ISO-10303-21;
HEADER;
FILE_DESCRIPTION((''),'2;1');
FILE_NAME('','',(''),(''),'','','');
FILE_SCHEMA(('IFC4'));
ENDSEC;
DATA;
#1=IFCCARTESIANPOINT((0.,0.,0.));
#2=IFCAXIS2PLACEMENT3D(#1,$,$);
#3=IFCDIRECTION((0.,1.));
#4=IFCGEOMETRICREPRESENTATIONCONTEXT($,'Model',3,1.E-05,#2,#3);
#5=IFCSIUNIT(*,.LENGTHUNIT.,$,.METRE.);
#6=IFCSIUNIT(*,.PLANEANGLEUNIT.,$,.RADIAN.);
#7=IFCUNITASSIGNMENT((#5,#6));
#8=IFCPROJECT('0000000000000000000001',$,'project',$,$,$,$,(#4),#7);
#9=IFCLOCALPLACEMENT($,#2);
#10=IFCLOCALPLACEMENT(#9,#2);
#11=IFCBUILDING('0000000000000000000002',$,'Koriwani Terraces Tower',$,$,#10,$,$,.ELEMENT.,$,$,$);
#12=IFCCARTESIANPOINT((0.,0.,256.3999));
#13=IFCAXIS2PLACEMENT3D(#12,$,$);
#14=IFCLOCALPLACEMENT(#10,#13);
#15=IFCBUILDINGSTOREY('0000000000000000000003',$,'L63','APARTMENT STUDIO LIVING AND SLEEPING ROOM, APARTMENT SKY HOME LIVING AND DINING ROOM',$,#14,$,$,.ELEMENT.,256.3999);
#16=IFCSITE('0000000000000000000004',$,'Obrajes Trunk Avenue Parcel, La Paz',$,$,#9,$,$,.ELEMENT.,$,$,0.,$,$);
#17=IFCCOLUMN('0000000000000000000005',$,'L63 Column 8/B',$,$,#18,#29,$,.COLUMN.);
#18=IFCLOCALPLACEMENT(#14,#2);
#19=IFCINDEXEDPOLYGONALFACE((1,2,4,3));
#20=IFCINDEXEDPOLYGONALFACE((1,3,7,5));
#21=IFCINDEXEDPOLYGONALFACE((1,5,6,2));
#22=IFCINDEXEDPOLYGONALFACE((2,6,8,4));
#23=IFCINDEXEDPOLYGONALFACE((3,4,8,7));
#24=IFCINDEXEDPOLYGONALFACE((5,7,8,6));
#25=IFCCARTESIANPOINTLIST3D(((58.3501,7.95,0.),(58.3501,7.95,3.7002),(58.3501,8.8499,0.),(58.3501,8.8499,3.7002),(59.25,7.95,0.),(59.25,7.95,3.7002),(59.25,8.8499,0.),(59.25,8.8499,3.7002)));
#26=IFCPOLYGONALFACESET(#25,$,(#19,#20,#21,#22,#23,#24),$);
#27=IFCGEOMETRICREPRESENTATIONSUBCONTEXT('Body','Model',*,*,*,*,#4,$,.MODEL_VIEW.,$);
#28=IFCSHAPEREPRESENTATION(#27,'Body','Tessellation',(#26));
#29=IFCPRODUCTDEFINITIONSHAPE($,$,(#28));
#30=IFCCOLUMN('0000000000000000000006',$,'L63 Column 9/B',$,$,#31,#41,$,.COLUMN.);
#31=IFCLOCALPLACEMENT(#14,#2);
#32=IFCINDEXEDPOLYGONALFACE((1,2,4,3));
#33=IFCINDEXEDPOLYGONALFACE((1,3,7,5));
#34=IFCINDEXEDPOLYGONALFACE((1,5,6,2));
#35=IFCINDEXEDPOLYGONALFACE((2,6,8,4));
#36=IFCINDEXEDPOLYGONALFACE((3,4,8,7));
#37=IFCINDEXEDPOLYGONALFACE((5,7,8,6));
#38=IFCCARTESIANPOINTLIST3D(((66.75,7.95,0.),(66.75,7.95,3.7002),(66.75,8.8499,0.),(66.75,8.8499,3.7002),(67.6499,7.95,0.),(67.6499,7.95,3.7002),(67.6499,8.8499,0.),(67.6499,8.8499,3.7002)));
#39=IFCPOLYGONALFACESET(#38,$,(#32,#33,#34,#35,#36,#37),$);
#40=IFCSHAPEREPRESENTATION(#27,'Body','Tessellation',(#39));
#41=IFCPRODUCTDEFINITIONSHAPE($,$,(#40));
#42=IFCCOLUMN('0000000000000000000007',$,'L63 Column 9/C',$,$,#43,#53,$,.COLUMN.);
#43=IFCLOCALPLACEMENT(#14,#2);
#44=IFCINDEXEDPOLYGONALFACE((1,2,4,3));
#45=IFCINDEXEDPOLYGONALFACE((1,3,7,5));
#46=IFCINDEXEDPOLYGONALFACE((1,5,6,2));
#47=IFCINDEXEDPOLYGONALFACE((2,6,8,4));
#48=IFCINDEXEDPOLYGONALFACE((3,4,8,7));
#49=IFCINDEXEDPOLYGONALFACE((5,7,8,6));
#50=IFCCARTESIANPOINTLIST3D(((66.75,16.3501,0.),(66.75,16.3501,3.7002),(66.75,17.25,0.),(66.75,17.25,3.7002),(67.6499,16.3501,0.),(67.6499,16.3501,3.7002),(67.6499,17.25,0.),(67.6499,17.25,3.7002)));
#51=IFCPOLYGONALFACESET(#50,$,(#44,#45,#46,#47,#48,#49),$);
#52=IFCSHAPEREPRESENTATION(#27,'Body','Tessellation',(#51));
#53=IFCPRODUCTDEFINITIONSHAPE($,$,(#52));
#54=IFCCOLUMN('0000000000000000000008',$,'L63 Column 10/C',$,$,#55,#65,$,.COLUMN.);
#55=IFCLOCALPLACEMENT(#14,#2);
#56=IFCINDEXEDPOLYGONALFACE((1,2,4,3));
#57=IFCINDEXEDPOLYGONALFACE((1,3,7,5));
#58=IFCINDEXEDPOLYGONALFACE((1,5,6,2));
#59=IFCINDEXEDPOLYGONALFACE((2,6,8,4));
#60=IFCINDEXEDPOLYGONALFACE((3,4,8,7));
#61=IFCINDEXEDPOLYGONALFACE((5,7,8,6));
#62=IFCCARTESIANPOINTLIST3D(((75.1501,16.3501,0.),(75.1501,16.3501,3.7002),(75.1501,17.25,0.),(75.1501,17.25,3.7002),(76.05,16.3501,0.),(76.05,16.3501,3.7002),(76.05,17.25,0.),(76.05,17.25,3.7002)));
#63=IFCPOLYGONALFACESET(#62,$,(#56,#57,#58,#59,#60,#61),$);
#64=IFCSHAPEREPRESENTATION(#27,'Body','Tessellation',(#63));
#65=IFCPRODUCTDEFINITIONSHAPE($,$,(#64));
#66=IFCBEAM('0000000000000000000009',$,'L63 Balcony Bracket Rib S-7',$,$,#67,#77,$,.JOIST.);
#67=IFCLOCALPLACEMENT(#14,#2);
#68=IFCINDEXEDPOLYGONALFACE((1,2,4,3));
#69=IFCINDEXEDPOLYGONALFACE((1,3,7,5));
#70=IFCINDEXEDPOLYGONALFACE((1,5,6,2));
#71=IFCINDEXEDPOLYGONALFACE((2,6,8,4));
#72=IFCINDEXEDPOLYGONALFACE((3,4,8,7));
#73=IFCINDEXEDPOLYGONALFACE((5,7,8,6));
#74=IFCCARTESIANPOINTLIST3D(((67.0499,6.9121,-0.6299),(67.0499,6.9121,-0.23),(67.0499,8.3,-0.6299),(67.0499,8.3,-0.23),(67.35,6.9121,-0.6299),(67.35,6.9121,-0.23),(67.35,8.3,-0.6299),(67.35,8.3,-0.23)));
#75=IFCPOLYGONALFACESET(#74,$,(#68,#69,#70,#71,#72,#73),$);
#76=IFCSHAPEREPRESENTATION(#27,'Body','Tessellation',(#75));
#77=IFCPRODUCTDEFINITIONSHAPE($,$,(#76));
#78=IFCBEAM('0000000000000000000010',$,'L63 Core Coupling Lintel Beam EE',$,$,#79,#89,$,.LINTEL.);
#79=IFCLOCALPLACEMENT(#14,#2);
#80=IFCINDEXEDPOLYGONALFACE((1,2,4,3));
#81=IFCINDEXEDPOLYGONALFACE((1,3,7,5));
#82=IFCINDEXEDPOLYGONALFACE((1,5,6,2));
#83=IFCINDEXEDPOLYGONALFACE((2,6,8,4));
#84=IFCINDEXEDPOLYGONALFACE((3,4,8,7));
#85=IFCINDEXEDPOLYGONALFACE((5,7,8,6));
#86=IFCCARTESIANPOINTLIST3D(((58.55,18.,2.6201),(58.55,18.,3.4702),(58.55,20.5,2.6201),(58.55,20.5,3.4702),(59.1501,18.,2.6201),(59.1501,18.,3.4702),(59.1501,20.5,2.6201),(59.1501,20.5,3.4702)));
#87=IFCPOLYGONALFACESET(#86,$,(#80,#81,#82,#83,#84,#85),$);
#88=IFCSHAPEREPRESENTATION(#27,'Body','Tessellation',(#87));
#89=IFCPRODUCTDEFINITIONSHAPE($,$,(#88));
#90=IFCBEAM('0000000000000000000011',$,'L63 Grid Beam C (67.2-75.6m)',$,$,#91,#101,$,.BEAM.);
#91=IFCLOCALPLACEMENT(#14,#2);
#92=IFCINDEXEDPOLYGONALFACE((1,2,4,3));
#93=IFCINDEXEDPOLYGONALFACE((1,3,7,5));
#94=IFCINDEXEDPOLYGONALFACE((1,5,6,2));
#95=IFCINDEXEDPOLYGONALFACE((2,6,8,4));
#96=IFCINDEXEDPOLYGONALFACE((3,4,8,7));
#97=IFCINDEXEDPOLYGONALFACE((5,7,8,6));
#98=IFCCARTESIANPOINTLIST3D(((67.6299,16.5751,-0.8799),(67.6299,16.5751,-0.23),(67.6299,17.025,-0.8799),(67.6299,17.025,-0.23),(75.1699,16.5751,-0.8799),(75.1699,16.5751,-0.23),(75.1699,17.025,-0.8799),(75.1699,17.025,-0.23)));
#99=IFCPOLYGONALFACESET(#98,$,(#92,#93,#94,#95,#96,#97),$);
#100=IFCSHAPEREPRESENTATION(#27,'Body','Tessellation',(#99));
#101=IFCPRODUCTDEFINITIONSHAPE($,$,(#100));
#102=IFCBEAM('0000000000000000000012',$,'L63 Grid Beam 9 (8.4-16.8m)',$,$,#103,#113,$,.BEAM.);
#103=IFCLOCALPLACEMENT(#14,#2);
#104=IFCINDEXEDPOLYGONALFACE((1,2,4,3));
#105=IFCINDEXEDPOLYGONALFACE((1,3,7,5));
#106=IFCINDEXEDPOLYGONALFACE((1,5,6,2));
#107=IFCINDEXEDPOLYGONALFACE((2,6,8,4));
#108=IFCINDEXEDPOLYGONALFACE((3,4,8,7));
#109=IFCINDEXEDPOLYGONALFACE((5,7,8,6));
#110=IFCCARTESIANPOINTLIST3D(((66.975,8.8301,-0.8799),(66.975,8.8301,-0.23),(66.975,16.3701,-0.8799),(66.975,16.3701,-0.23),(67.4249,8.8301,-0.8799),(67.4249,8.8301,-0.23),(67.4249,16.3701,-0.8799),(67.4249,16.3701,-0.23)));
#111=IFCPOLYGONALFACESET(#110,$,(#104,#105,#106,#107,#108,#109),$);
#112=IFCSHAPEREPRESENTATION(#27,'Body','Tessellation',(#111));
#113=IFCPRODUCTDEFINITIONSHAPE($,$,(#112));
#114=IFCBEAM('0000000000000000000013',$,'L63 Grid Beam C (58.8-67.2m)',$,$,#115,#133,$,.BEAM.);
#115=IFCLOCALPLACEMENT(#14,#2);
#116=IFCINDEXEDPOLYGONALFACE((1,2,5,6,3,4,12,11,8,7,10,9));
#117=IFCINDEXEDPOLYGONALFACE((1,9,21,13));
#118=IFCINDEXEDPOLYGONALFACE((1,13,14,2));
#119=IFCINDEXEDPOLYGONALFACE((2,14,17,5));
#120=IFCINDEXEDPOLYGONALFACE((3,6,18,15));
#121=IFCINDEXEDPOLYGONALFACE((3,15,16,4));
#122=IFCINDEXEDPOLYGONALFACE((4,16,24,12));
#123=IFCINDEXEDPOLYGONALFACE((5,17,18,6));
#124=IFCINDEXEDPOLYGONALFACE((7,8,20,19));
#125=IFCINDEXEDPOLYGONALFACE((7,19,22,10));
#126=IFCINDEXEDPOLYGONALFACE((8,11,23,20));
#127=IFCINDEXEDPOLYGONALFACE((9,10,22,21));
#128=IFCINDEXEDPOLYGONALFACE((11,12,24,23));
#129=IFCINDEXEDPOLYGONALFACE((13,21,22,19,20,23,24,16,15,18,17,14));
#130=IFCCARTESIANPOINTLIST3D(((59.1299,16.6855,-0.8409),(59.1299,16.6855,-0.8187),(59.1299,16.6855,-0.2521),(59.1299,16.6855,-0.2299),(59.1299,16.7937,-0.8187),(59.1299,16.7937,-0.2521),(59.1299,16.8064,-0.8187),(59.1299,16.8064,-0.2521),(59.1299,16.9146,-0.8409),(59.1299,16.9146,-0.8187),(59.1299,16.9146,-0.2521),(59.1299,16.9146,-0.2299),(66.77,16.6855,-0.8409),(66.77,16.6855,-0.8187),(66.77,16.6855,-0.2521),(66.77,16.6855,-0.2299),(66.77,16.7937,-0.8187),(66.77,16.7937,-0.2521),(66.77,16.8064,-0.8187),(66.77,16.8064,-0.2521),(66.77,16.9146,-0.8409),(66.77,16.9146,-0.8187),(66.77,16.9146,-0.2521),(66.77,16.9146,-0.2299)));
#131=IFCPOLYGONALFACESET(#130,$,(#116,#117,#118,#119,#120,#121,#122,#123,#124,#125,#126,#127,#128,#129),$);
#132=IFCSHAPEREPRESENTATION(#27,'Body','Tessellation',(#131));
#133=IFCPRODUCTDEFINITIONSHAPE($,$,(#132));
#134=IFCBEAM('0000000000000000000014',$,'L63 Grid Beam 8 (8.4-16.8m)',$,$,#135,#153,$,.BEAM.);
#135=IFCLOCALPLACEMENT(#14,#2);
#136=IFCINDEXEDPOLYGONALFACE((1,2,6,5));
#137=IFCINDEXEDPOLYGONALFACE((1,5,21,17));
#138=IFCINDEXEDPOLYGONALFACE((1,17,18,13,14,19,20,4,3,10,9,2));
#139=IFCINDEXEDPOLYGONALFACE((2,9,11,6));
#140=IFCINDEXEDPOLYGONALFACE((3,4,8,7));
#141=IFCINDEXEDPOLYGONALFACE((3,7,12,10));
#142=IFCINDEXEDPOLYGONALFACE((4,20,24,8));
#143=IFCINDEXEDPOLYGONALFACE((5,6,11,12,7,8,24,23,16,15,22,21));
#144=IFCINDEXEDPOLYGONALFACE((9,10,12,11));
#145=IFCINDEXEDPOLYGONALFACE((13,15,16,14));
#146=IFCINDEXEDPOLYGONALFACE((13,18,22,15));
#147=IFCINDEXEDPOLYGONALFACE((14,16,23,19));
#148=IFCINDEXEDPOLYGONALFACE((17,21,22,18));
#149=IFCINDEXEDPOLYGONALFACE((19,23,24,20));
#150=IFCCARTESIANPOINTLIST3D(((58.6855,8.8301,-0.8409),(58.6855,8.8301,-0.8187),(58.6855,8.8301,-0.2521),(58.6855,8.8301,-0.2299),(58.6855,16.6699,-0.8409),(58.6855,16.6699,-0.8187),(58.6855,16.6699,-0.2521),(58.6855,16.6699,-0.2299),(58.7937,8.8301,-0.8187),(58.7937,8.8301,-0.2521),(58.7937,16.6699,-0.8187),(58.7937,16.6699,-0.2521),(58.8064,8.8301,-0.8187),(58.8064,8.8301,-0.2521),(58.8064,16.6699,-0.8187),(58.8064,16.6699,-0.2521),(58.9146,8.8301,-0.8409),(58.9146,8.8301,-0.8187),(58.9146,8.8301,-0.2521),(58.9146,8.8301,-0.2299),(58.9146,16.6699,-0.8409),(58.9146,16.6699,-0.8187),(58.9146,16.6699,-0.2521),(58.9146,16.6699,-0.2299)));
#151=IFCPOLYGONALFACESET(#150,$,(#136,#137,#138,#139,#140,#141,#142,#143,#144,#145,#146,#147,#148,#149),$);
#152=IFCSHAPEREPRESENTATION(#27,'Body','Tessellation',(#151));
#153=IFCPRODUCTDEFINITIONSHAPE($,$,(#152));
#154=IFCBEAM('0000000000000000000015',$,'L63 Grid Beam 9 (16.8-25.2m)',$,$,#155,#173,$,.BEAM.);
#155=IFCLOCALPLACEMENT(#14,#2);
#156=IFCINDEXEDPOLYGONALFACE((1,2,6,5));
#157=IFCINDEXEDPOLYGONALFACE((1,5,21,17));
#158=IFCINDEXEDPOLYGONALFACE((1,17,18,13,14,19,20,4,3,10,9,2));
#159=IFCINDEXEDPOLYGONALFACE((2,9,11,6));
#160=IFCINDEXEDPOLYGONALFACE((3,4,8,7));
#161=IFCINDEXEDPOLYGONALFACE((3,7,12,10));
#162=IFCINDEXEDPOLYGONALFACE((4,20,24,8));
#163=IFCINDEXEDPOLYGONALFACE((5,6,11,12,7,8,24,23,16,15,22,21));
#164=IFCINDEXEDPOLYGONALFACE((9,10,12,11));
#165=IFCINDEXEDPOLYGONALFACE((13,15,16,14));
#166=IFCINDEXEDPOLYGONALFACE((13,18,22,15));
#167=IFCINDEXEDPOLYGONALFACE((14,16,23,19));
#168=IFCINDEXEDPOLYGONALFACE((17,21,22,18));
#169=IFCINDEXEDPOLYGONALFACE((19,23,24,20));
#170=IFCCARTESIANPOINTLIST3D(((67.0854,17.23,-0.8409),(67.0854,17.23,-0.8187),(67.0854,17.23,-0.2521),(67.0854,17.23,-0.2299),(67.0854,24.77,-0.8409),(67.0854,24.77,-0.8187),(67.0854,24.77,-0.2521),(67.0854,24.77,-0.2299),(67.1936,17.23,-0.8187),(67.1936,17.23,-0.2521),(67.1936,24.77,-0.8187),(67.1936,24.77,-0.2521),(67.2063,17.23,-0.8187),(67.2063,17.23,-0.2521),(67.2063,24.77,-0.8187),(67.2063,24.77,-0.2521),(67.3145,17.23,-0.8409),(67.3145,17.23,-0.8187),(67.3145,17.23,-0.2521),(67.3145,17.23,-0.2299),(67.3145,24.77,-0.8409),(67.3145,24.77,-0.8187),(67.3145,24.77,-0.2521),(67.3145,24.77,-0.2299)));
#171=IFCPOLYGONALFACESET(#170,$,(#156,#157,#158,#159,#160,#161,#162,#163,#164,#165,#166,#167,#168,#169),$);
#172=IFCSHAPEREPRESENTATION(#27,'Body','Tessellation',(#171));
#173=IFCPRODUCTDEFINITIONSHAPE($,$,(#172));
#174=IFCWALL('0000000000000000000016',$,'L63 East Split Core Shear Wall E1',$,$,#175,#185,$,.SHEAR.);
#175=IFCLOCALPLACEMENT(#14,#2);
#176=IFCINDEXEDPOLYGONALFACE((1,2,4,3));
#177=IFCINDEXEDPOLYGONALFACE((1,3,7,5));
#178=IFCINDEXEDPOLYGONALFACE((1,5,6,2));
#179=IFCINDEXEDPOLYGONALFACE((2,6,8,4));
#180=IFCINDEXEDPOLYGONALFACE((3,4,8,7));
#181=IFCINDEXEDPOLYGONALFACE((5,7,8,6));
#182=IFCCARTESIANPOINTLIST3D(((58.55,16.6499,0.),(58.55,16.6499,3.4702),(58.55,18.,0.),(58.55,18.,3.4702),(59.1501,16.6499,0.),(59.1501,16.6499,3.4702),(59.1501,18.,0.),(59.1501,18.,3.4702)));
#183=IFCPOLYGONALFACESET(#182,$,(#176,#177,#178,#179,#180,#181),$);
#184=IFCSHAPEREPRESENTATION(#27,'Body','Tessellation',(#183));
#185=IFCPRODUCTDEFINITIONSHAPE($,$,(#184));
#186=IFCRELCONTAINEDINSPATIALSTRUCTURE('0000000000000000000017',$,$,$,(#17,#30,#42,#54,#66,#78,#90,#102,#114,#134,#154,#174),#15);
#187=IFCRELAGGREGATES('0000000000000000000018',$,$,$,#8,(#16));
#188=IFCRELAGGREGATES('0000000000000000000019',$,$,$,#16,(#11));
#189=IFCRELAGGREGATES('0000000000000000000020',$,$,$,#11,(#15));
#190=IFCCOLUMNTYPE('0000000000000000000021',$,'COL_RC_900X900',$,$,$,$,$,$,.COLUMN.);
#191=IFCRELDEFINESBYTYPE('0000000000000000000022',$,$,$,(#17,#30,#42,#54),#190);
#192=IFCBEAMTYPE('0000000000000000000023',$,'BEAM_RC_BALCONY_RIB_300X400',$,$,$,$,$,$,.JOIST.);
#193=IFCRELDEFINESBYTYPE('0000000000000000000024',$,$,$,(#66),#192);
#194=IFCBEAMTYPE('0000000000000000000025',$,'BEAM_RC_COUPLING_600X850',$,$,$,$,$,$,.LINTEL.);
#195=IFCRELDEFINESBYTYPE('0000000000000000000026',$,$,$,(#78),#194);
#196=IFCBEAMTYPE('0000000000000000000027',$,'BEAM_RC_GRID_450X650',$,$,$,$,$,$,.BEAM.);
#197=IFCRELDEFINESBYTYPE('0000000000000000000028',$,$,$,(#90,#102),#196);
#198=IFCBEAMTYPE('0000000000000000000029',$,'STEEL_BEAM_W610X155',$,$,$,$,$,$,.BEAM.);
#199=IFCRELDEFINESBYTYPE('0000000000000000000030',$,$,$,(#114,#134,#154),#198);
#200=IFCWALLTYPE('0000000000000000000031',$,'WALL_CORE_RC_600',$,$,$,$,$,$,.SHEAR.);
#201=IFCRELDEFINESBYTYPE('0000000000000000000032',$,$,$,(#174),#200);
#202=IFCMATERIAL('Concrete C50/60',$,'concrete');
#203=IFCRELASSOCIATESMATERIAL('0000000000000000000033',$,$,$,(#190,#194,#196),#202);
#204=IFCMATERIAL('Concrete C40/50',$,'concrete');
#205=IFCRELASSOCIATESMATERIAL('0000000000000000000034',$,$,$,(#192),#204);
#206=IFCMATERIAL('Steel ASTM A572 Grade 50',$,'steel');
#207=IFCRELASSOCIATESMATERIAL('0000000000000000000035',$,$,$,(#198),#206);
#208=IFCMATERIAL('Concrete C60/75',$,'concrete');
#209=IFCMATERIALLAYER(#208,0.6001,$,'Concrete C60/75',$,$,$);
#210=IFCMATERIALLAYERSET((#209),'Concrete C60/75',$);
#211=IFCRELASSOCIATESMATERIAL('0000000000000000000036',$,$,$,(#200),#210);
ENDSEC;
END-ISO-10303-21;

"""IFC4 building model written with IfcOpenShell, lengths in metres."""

from ifc_helpers import new_model, si_unit, direction, frame, frame_2d, origin, origin_2d, place, context, subcontext, project, spatial, rectangle, i_section, extrude, material, layer, layer_set, material_profile, profile_set, type_object, element, save


model = new_model("IFC4")

# Units and contexts
model_context = context("Model", 3, precision=1e-05, world=origin(), true_north=direction((0.0, 1.0)))
body_context = subcontext(model_context, "Body", "Model", "MODEL_VIEW")
ifc_project = project(units=[si_unit("LENGTHUNIT", "METRE"), si_unit("PLANEANGLEUNIT", "RADIAN")], contexts=[model_context])

# Site, building, storey
site_placement = place(None, origin())
site = spatial("IfcSite", under=ifc_project, at=site_placement, Name="Obrajes Trunk Avenue Parcel, La Paz", CompositionType="ELEMENT", RefElevation=0.0)
building_placement = place(site_placement, origin())
building = spatial("IfcBuilding", under=site, at=building_placement, Name="Koriwani Terraces Tower", CompositionType="ELEMENT")
storey_placement = place(building_placement, frame((0.0, 0.0, 256.3999)))
storey = spatial("IfcBuildingStorey", under=building, at=storey_placement, Name="L63", Description="APARTMENT STUDIO LIVING AND SLEEPING ROOM, APARTMENT SKY HOME LIVING AND DINING ROOM", CompositionType="ELEMENT", Elevation=256.3999)

# Columns
ifc_material_1 = material(Name="Concrete C50/60", Category="concrete")
ifc_material_profile_1 = material_profile(ifc_material_1, rectangle(XDim=0.8999, YDim=0.8999, at=origin_2d()), Name="Concrete C50/60", Category="LoadBearing")
ifc_profile_set_1 = profile_set([ifc_material_profile_1], Name="Concrete C50/60")
column_type = type_object("IfcColumnType", Name="COL_RC_900X900", PredefinedType="COLUMN", material=ifc_profile_set_1)
for number, where, z_axis, x_axis, name in (
    (1, (58.8, 8.3999, 0.0), (0.0, 0.0, 1.0), (1.0, 0.0, 0.0), "L63 Column 8/B"),
    (2, (67.2, 8.3999, 0.0), (0.0, 0.0, 1.0), (1.0, 0.0, 0.0), "L63 Column 9/B"),
    (3, (67.2, 16.8, 0.0), (0.0, 0.0, 1.0), (1.0, 0.0, 0.0), "L63 Column 9/C"),
    (4, (75.6001, 16.8, 0.0), (0.0, 0.0, 1.0), (1.0, 0.0, 0.0), "L63 Column 10/C"),
):
    element("IfcColumn", number, at=place(storey_placement, frame(where, z_axis=z_axis, x_axis=x_axis)), inside=storey, type_object=column_type, Name=name, PredefinedType="COLUMN", context=body_context, shape_type="SweptSolid", body=[
        extrude(rectangle(XDim=0.8999, YDim=0.8999, at=origin_2d()), origin(), (0.0, 0.0, 1.0), 3.7002),
    ])

# Beams
ifc_material_2 = material(Name="Concrete C40/50", Category="concrete")
ifc_material_profile_2 = material_profile(ifc_material_2, rectangle(XDim=0.3, YDim=0.3999, at=origin_2d()), Name="Concrete C40/50", Category="LoadBearing")
ifc_profile_set_2 = profile_set([ifc_material_profile_2], Name="Concrete C40/50")
beam_type_1 = type_object("IfcBeamType", Name="BEAM_RC_BALCONY_RIB_300X400", PredefinedType="JOIST", material=ifc_profile_set_2)
beam_1_placement = place(storey_placement, frame((67.2, 6.9121, -0.4299), z_axis=(0.0, 1.0, 0.0), x_axis=(-1.0, 0.0, 0.0)))
element("IfcBeam", 5, at=beam_1_placement, inside=storey, type_object=beam_type_1, Name="L63 Balcony Bracket Rib S-7", PredefinedType="JOIST", context=body_context, shape_type="SweptSolid", body=[
    extrude(rectangle(XDim=0.3, YDim=0.3999, at=origin_2d()), origin(), (0.0, 0.0, 1.0), 1.3879),
])
ifc_material_profile_3 = material_profile(ifc_material_1, rectangle(XDim=0.6001, YDim=0.8501, at=origin_2d()), Name="Concrete C50/60", Category="LoadBearing")
ifc_profile_set_3 = profile_set([ifc_material_profile_3], Name="Concrete C50/60")
beam_type_2 = type_object("IfcBeamType", Name="BEAM_RC_COUPLING_600X850", PredefinedType="LINTEL", material=ifc_profile_set_3)
beam_2_placement = place(storey_placement, frame((58.8501, 18.0, 3.0452), z_axis=(0.0, 1.0, 0.0), x_axis=(-1.0, 0.0, 0.0)))
element("IfcBeam", 6, at=beam_2_placement, inside=storey, type_object=beam_type_2, Name="L63 Core Coupling Lintel Beam EE", PredefinedType="LINTEL", context=body_context, shape_type="SweptSolid", body=[
    extrude(rectangle(XDim=0.6001, YDim=0.8501, at=origin_2d()), origin(), (0.0, 0.0, 1.0), 2.5),
])
ifc_material_profile_4 = material_profile(ifc_material_1, rectangle(XDim=0.45, YDim=0.6499, at=origin_2d()), Name="Concrete C50/60", Category="LoadBearing")
ifc_profile_set_4 = profile_set([ifc_material_profile_4], Name="Concrete C50/60")
beam_type_3 = type_object("IfcBeamType", Name="BEAM_RC_GRID_450X650", PredefinedType="BEAM", material=ifc_profile_set_4)
for number, where, z_axis, x_axis, name in (
    (7, (67.6299, 16.8, -0.5549), (1.0, 0.0, 0.0), (0.0, 1.0, 0.0), "L63 Grid Beam C (67.2-75.6m)"),
    (8, (67.2, 8.8301, -0.5549), (0.0, 1.0, 0.0), (-1.0, 0.0, 0.0), "L63 Grid Beam 9 (8.4-16.8m)"),
):
    element("IfcBeam", number, at=place(storey_placement, frame(where, z_axis=z_axis, x_axis=x_axis)), inside=storey, type_object=beam_type_3, Name=name, PredefinedType="BEAM", context=body_context, shape_type="SweptSolid", body=[
        extrude(rectangle(XDim=0.45, YDim=0.6499, at=origin_2d()), origin(), (0.0, 0.0, 1.0), 7.54),
    ])
ifc_material_3 = material(Name="Steel ASTM A572 Grade 50", Category="steel")
ifc_material_profile_5 = material_profile(ifc_material_3, i_section(OverallWidth=0.229, OverallDepth=0.6111, WebThickness=0.0127, FlangeThickness=0.0222, at=origin_2d()), Name="Steel ASTM A572 Grade 50", Category="LoadBearing")
ifc_profile_set_5 = profile_set([ifc_material_profile_5], Name="Steel ASTM A572 Grade 50")
beam_type_4 = type_object("IfcBeamType", Name="STEEL_BEAM_W610X155", PredefinedType="BEAM", material=ifc_profile_set_5)
beam_3_placement = place(storey_placement, frame((59.1299, 16.8, -0.5354), z_axis=(1.0, 0.0, 0.0), x_axis=(0.0, 1.0, 0.0)))
element("IfcBeam", 9, at=beam_3_placement, inside=storey, type_object=beam_type_4, Name="L63 Grid Beam C (58.8-67.2m)", PredefinedType="BEAM", context=body_context, shape_type="SweptSolid", body=[
    extrude(i_section(OverallWidth=0.229, OverallDepth=0.6111, WebThickness=0.0127, FlangeThickness=0.0222, at=origin_2d()), origin(), (0.0, 0.0, 1.0), 7.6401),
])
beam_4_placement = place(storey_placement, frame((58.8, 8.8301, -0.5354), z_axis=(0.0, 1.0, 0.0), x_axis=(-1.0, 0.0, 0.0)))
element("IfcBeam", 10, at=beam_4_placement, inside=storey, type_object=beam_type_4, Name="L63 Grid Beam 8 (8.4-16.8m)", PredefinedType="BEAM", context=body_context, shape_type="SweptSolid", body=[
    extrude(i_section(OverallWidth=0.229, OverallDepth=0.6111, WebThickness=0.0127, FlangeThickness=0.0222, at=origin_2d()), origin(), (0.0, 0.0, 1.0), 7.8398),
])
beam_5_placement = place(storey_placement, frame((67.2, 17.23, -0.5354), z_axis=(0.0, 1.0, 0.0), x_axis=(-1.0, 0.0, 0.0)))
element("IfcBeam", 11, at=beam_5_placement, inside=storey, type_object=beam_type_4, Name="L63 Grid Beam 9 (16.8-25.2m)", PredefinedType="BEAM", context=body_context, shape_type="SweptSolid", body=[
    extrude(i_section(OverallWidth=0.229, OverallDepth=0.6111, WebThickness=0.0127, FlangeThickness=0.0222, at=origin_2d()), origin(), (0.0, 0.0, 1.0), 7.54),
])

# Wall
ifc_material_4 = material(Name="Concrete C60/75", Category="concrete")
ifc_layer_1 = layer(ifc_material_4, 0.6001, Name="Concrete C60/75")
ifc_layer_set_1 = layer_set([ifc_layer_1], Name="Concrete C60/75")
wall_type_1 = type_object("IfcWallType", Name="WALL_CORE_RC_600", PredefinedType="SHEAR", material=ifc_layer_set_1)
wall_1_placement = place(storey_placement, frame((58.8501, 16.6499, 0.0), z_axis=(0.0, 0.0, 1.0), x_axis=(0.0, 1.0, 0.0)))
element("IfcWall", 12, at=wall_1_placement, inside=storey, type_object=wall_type_1, Name="L63 East Split Core Shear Wall E1", PredefinedType="SHEAR", context=body_context, shape_type="SweptSolid", body=[
    extrude(rectangle(XDim=1.3501, YDim=0.6001, at=frame_2d((0.675, 0.0))), origin(), (0.0, 0.0, 1.0), 3.4702),
])

save(model, "model.ifc")
